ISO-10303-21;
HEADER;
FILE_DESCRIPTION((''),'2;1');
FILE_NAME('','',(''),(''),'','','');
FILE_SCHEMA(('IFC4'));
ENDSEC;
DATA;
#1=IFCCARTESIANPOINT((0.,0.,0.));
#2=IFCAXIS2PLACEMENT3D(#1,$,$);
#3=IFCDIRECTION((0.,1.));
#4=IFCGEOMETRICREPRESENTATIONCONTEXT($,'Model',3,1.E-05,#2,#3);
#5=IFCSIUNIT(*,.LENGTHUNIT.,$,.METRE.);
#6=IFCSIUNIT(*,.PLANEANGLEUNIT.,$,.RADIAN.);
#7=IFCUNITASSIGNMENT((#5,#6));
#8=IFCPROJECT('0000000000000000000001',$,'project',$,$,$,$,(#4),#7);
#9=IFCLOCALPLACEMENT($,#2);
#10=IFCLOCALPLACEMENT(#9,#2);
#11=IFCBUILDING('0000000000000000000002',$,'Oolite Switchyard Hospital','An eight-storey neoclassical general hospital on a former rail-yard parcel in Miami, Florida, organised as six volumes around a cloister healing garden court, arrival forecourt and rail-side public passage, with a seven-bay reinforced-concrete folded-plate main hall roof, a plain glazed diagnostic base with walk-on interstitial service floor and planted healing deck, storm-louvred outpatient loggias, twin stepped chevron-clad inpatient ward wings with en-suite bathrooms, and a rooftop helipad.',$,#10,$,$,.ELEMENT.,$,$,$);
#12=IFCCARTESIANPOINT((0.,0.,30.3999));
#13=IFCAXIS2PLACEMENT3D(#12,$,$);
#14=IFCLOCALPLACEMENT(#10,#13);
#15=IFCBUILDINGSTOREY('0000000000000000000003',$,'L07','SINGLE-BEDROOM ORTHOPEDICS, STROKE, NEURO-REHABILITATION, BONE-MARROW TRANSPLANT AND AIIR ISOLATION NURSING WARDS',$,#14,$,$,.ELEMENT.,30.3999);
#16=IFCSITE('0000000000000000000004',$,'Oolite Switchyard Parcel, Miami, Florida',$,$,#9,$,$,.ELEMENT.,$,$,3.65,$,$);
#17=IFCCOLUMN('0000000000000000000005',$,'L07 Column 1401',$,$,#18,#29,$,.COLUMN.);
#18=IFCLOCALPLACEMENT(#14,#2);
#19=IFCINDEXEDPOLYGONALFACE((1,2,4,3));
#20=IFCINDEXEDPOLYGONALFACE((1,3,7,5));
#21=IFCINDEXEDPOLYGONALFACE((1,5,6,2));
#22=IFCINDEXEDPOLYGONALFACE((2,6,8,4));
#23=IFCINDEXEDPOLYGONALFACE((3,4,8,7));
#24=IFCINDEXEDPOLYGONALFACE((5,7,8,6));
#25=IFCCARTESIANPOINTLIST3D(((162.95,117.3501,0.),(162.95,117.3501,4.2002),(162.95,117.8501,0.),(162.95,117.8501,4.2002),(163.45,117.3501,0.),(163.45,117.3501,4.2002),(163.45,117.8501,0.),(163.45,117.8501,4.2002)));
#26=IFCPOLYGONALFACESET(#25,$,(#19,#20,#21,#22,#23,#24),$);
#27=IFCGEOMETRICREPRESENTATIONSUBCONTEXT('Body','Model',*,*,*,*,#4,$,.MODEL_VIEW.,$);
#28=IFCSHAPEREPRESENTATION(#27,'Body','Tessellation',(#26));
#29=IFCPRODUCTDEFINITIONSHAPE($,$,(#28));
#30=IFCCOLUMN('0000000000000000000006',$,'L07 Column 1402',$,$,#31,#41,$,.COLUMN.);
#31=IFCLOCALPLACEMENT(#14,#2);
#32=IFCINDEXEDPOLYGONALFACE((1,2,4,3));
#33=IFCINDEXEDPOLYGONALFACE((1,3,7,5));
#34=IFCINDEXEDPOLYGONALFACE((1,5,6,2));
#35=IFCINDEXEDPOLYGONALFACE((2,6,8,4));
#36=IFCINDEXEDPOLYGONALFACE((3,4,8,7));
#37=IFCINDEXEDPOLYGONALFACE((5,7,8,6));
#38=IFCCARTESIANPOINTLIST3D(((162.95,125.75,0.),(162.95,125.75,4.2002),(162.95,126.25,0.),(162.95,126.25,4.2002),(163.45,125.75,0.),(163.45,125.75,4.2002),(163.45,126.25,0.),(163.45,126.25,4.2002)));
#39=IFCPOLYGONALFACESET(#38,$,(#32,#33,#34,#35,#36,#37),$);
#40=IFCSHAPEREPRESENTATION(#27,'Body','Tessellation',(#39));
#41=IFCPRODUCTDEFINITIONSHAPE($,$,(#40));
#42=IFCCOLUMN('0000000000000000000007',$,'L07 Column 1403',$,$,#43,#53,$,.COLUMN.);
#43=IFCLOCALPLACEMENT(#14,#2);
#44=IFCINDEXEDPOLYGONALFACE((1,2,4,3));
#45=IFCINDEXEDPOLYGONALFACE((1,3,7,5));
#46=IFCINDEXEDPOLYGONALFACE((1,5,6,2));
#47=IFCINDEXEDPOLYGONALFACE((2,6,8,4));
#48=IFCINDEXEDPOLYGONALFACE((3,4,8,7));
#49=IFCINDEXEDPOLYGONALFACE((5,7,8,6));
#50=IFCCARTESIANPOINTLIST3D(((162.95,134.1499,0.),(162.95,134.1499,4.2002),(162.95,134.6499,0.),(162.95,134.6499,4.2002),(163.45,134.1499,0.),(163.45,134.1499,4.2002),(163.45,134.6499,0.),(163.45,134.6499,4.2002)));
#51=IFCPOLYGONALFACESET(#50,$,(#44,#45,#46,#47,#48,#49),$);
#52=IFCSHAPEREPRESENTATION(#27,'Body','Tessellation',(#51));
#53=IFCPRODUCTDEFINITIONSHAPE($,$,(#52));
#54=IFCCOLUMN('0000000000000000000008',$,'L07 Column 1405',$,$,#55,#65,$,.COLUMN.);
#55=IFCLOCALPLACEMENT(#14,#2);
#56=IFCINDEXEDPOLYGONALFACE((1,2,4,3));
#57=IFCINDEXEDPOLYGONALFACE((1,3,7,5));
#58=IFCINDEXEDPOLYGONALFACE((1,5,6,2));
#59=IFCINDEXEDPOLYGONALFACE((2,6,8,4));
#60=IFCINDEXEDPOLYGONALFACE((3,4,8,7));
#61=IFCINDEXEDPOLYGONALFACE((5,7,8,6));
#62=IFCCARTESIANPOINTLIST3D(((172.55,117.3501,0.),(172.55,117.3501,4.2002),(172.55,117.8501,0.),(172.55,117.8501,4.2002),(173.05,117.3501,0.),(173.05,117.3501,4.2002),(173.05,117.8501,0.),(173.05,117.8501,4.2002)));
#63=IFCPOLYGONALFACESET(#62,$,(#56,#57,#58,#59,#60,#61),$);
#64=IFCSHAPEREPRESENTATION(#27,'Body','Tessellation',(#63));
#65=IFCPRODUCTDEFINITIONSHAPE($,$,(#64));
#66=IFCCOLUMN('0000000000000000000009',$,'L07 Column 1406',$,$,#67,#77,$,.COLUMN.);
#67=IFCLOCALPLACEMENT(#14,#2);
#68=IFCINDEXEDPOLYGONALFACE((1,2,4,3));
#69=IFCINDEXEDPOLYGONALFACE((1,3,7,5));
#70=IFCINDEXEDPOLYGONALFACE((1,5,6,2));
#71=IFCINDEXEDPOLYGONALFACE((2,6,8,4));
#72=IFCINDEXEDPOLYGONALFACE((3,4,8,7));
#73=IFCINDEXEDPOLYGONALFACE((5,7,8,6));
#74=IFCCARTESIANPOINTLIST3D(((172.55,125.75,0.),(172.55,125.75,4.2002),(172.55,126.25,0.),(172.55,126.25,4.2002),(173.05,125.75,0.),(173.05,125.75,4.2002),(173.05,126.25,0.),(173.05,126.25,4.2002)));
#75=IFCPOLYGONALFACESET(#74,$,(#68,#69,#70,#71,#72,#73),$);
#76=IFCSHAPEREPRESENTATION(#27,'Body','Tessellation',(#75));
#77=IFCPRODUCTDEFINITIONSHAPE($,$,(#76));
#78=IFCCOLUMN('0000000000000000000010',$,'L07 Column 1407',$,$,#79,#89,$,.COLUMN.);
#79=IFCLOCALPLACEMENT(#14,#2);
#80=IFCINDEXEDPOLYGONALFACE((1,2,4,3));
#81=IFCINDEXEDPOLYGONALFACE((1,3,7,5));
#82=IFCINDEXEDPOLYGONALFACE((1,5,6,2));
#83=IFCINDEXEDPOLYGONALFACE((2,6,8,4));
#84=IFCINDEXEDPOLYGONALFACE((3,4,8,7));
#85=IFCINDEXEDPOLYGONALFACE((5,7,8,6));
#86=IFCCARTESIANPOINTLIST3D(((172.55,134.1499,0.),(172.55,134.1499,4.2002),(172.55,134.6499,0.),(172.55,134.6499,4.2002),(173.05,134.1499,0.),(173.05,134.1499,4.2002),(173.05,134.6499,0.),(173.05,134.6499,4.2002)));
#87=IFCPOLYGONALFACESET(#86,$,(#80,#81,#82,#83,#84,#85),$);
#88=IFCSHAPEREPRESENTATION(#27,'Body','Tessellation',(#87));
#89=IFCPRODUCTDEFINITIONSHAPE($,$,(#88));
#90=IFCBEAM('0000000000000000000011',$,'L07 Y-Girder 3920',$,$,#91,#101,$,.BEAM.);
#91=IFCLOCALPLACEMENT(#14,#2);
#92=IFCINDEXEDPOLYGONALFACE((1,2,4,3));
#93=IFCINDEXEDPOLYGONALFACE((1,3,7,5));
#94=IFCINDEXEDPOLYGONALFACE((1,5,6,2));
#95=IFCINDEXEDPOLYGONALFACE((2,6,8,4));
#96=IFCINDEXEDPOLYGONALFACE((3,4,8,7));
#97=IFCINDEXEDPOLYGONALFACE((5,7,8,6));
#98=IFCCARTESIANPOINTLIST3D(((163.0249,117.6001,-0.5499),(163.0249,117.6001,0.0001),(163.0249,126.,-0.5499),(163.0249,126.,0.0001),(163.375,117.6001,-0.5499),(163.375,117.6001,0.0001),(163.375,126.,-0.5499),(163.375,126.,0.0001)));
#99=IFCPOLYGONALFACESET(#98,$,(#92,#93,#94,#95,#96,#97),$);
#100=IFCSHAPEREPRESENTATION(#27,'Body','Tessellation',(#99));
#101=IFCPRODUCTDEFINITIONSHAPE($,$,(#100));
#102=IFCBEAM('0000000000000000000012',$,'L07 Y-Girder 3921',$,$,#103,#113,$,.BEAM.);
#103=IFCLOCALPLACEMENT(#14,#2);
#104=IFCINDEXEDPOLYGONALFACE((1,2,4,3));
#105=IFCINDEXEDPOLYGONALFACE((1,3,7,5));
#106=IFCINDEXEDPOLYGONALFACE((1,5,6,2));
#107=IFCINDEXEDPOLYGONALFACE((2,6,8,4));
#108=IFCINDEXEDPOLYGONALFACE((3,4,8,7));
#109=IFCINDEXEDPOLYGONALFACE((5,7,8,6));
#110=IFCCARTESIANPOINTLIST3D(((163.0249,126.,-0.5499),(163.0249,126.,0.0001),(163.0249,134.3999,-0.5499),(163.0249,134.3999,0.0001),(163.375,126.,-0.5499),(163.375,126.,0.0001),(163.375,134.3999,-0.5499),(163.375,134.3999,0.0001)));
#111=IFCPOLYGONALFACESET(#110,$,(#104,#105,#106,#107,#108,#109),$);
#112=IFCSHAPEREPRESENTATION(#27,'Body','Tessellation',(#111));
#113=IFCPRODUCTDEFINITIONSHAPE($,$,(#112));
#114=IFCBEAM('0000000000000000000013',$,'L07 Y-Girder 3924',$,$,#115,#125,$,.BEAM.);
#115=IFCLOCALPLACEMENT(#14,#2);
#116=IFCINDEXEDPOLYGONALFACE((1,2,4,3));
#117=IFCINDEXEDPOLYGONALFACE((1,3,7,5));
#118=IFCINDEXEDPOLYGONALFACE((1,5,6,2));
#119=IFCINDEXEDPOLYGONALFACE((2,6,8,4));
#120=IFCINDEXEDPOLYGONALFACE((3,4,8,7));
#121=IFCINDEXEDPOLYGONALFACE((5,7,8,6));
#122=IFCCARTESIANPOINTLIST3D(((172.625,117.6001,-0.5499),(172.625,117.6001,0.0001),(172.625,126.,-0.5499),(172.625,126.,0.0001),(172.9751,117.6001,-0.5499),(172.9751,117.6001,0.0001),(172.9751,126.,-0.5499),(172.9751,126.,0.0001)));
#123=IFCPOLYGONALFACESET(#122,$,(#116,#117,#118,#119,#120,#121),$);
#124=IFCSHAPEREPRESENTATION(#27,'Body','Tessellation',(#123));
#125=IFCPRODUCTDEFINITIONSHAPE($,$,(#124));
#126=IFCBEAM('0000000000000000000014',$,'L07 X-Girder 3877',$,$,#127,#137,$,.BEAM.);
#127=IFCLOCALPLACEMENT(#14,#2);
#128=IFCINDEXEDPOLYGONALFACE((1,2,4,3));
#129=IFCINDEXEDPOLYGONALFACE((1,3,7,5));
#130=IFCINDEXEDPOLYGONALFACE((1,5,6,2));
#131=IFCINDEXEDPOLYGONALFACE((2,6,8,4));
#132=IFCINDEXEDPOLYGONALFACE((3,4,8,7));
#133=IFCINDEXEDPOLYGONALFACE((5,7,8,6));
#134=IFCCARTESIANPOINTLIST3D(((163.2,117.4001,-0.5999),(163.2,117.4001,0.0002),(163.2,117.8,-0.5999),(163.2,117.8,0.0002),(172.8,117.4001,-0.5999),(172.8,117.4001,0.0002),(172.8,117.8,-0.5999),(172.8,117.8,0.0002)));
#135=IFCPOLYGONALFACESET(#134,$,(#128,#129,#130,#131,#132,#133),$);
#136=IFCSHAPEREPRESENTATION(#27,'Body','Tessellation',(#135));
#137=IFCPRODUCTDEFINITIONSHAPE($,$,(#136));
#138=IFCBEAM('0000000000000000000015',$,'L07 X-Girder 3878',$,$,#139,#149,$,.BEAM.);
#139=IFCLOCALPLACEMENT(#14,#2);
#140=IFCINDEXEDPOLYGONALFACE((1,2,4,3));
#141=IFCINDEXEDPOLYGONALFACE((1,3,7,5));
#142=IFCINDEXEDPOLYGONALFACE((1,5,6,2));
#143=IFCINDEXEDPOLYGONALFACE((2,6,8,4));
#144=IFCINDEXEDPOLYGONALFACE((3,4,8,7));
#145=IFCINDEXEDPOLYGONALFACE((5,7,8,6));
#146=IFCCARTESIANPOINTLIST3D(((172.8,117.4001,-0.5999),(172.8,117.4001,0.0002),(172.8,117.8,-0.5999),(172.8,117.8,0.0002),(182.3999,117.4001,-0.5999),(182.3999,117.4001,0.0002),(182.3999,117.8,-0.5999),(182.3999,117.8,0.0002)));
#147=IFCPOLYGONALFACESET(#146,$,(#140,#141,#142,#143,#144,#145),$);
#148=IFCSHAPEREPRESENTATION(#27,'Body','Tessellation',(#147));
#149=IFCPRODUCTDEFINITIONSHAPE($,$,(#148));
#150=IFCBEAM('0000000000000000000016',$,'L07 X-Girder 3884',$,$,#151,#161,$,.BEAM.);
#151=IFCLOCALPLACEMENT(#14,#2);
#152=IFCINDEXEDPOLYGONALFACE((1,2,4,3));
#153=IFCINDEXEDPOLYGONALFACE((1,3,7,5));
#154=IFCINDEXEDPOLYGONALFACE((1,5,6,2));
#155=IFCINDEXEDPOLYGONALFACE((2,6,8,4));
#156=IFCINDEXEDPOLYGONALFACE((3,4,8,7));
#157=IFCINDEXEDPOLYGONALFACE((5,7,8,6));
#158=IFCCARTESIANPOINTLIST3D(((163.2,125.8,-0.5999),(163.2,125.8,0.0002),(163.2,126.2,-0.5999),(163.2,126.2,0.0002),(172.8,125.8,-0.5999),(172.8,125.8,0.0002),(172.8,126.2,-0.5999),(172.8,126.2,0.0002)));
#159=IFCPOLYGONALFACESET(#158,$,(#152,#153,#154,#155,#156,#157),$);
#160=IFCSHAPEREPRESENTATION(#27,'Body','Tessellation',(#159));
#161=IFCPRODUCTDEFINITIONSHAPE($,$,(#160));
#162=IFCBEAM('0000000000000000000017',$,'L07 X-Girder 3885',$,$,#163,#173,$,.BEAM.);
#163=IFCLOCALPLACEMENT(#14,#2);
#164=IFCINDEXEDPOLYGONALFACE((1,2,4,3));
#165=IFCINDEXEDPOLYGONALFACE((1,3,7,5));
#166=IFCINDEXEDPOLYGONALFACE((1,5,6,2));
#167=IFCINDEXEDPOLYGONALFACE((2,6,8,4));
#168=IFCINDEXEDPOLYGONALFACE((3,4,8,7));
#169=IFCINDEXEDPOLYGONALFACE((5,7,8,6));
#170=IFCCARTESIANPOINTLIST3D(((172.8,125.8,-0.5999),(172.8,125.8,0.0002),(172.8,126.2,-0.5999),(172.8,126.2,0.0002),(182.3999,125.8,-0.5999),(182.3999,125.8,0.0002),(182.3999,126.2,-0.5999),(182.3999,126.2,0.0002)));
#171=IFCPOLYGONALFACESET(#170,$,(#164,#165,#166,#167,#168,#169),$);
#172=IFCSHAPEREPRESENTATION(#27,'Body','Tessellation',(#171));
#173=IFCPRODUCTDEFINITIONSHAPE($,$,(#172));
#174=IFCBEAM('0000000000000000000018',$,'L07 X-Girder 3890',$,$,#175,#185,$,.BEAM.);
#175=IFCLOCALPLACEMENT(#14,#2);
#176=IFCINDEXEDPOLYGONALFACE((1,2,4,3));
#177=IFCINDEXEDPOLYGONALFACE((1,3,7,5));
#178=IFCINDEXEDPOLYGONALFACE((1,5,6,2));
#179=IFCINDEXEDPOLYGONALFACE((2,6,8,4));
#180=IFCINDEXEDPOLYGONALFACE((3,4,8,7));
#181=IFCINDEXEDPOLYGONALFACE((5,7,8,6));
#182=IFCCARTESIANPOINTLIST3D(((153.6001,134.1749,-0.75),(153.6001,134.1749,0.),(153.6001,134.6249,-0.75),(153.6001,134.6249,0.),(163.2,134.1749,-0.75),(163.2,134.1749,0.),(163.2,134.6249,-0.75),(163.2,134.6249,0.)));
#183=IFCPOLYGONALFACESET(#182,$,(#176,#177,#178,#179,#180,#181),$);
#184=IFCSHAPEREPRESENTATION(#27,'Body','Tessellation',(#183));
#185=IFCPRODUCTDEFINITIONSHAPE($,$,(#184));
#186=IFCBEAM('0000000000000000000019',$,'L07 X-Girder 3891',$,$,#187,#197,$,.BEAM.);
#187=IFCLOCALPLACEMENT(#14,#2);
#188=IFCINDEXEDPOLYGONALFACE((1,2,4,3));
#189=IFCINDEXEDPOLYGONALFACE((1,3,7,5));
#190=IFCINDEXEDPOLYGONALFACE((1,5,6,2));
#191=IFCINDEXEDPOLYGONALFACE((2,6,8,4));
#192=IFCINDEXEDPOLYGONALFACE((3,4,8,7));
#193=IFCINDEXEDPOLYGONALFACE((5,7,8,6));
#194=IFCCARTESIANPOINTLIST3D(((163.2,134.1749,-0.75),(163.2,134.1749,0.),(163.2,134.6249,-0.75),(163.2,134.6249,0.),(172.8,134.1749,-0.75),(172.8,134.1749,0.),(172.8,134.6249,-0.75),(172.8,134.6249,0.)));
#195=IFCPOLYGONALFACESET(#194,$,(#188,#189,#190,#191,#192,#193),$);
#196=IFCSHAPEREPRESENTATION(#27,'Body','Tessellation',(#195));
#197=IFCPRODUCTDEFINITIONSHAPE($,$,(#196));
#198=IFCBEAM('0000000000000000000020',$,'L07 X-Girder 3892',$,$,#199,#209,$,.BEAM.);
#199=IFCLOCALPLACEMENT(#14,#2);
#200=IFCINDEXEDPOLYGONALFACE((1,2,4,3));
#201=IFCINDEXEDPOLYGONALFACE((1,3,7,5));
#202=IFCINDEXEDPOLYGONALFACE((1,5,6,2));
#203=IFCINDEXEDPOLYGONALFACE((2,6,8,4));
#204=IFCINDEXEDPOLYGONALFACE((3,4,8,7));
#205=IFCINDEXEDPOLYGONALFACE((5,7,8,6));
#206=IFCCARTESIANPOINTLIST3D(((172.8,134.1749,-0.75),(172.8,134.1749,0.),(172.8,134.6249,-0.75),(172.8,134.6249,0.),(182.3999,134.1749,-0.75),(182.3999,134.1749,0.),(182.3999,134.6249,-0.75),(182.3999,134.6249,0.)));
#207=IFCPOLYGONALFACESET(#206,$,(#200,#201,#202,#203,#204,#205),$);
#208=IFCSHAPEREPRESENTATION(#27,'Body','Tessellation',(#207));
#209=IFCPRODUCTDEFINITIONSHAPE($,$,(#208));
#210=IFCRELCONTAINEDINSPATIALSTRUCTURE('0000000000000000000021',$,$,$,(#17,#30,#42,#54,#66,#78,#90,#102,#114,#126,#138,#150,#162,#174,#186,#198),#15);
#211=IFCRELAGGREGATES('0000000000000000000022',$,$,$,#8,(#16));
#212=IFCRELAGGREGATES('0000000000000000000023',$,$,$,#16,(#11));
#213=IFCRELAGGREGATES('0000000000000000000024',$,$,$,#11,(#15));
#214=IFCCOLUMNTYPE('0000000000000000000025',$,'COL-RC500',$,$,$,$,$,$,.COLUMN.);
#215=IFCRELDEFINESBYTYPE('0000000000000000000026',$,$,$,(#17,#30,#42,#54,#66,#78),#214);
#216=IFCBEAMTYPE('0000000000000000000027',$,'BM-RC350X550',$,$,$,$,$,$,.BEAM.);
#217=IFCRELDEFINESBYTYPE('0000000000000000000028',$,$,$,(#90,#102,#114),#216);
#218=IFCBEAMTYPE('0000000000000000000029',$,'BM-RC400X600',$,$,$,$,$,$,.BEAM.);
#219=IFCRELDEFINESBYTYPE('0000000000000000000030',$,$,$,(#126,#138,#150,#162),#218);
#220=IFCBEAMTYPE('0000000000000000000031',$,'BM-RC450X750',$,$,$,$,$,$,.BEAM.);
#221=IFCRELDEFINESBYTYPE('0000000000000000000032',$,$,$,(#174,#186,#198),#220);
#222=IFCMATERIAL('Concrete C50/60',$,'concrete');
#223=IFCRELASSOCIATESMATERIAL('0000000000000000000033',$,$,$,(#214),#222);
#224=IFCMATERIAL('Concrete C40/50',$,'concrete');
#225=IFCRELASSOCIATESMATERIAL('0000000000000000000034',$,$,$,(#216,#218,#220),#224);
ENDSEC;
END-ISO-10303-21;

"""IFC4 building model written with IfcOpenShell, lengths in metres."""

from ifc_helpers import new_model, si_unit, direction, frame, origin, origin_2d, place, context, subcontext, project, spatial, rectangle, extrude, material, material_profile, profile_set, type_object, element, save


model = new_model("IFC4")

# Units and contexts
model_context = context("Model", 3, precision=1e-05, world=origin(), true_north=direction((0.0, 1.0)))
body_context = subcontext(model_context, "Body", "Model", "MODEL_VIEW")
ifc_project = project(units=[si_unit("LENGTHUNIT", "METRE"), si_unit("PLANEANGLEUNIT", "RADIAN")], contexts=[model_context])

# Site, building, storey
site_placement = place(None, origin())
site = spatial("IfcSite", under=ifc_project, at=site_placement, Name="Oolite Switchyard Parcel, Miami, Florida", CompositionType="ELEMENT", RefElevation=3.65)
building_placement = place(site_placement, origin())
building = spatial("IfcBuilding", under=site, at=building_placement, Name="Oolite Switchyard Hospital", Description="An eight-storey neoclassical general hospital on a former rail-yard parcel in Miami, Florida, organised as six volumes around a cloister healing garden court, arrival forecourt and rail-side public passage, with a seven-bay reinforced-concrete folded-plate main hall roof, a plain glazed diagnostic base with walk-on interstitial service floor and planted healing deck, storm-louvred outpatient loggias, twin stepped chevron-clad inpatient ward wings with en-suite bathrooms, and a rooftop helipad.", CompositionType="ELEMENT")
storey_placement = place(building_placement, frame((0.0, 0.0, 30.3999)))
storey = spatial("IfcBuildingStorey", under=building, at=storey_placement, Name="L07", Description="SINGLE-BEDROOM ORTHOPEDICS, STROKE, NEURO-REHABILITATION, BONE-MARROW TRANSPLANT AND AIIR ISOLATION NURSING WARDS", CompositionType="ELEMENT", Elevation=30.3999)

# Columns
ifc_material_1 = material(Name="Concrete C50/60", Category="concrete")
ifc_material_profile_1 = material_profile(ifc_material_1, rectangle(XDim=0.5, YDim=0.5, at=origin_2d()), Name="RC500X500")
ifc_profile_set_1 = profile_set([ifc_material_profile_1], Name="Concrete C50/60")
column_type = type_object("IfcColumnType", Name="COL-RC500", PredefinedType="COLUMN", material=ifc_profile_set_1)
for number, where, z_axis, x_axis, name in (
    (1, (163.2, 117.6001, 0.0), (0.0, 0.0, 1.0), (1.0, 0.0, 0.0), "L07 Column 1401"),
    (2, (163.2, 126.0, 0.0), (0.0, 0.0, 1.0), (1.0, 0.0, 0.0), "L07 Column 1402"),
    (3, (163.2, 134.3999, 0.0), (0.0, 0.0, 1.0), (1.0, 0.0, 0.0), "L07 Column 1403"),
    (4, (172.8, 117.6001, 0.0), (0.0, 0.0, 1.0), (1.0, 0.0, 0.0), "L07 Column 1405"),
    (5, (172.8, 126.0, 0.0), (0.0, 0.0, 1.0), (1.0, 0.0, 0.0), "L07 Column 1406"),
    (6, (172.8, 134.3999, 0.0), (0.0, 0.0, 1.0), (1.0, 0.0, 0.0), "L07 Column 1407"),
):
    element("IfcColumn", number, at=place(storey_placement, frame(where, z_axis=z_axis, x_axis=x_axis)), inside=storey, type_object=column_type, Name=name, PredefinedType="COLUMN", context=body_context, shape_type="SweptSolid", body=[
        extrude(rectangle(XDim=0.5, YDim=0.5, at=origin_2d()), origin(), (0.0, 0.0, 1.0), 4.2002),
    ])

# Beams
ifc_material_2 = material(Name="Concrete C40/50", Category="concrete")
ifc_material_profile_2 = material_profile(ifc_material_2, rectangle(XDim=0.3501, YDim=0.55, at=origin_2d()), Name="RCB350X550")
ifc_profile_set_2 = profile_set([ifc_material_profile_2], Name="Concrete C40/50")
beam_type_1 = type_object("IfcBeamType", Name="BM-RC350X550", PredefinedType="BEAM", material=ifc_profile_set_2)
for number, where, z_axis, x_axis, name in (
    (7, (163.2, 117.6001, -0.2749), (0.0, 1.0, 0.0), (-1.0, 0.0, 0.0), "L07 Y-Girder 3920"),
    (8, (163.2, 126.0, -0.2749), (0.0, 1.0, 0.0), (-1.0, 0.0, 0.0), "L07 Y-Girder 3921"),
    (9, (172.8, 117.6001, -0.2749), (0.0, 1.0, 0.0), (-1.0, 0.0, 0.0), "L07 Y-Girder 3924"),
):
    element("IfcBeam", number, at=place(storey_placement, frame(where, z_axis=z_axis, x_axis=x_axis)), inside=storey, type_object=beam_type_1, Name=name, PredefinedType="BEAM", context=body_context, shape_type="SweptSolid", body=[
        extrude(rectangle(XDim=0.3501, YDim=0.55, at=origin_2d()), origin(), (0.0, 0.0, 1.0), 8.3999),
    ])
ifc_material_profile_3 = material_profile(ifc_material_2, rectangle(XDim=0.3999, YDim=0.6001, at=origin_2d()), Name="RCB400X600")
ifc_profile_set_3 = profile_set([ifc_material_profile_3], Name="Concrete C40/50")
beam_type_2 = type_object("IfcBeamType", Name="BM-RC400X600", PredefinedType="BEAM", material=ifc_profile_set_3)
beam_1_placement = place(storey_placement, frame((163.2, 117.6001, -0.2998), z_axis=(1.0, 0.0, 0.0), x_axis=(0.0, 1.0, 0.0)))
element("IfcBeam", 10, at=beam_1_placement, inside=storey, type_object=beam_type_2, Name="L07 X-Girder 3877", PredefinedType="BEAM", context=body_context, shape_type="SweptSolid", body=[
    extrude(rectangle(XDim=0.3999, YDim=0.6001, at=origin_2d()), origin(), (0.0, 0.0, 1.0), 9.6001),
])
beam_2_placement = place(storey_placement, frame((172.8, 117.6001, -0.2998), z_axis=(1.0, 0.0, 0.0), x_axis=(0.0, 1.0, 0.0)))
element("IfcBeam", 11, at=beam_2_placement, inside=storey, type_object=beam_type_2, Name="L07 X-Girder 3878", PredefinedType="BEAM", context=body_context, shape_type="SweptSolid", body=[
    extrude(rectangle(XDim=0.3999, YDim=0.6001, at=origin_2d()), origin(), (0.0, 0.0, 1.0), 9.5999),
])
beam_3_placement = place(storey_placement, frame((163.2, 126.0, -0.2998), z_axis=(1.0, 0.0, 0.0), x_axis=(0.0, 1.0, 0.0)))
element("IfcBeam", 12, at=beam_3_placement, inside=storey, type_object=beam_type_2, Name="L07 X-Girder 3884", PredefinedType="BEAM", context=body_context, shape_type="SweptSolid", body=[
    extrude(rectangle(XDim=0.3999, YDim=0.6001, at=origin_2d()), origin(), (0.0, 0.0, 1.0), 9.6001),
])
beam_4_placement = place(storey_placement, frame((172.8, 126.0, -0.2998), z_axis=(1.0, 0.0, 0.0), x_axis=(0.0, 1.0, 0.0)))
element("IfcBeam", 13, at=beam_4_placement, inside=storey, type_object=beam_type_2, Name="L07 X-Girder 3885", PredefinedType="BEAM", context=body_context, shape_type="SweptSolid", body=[
    extrude(rectangle(XDim=0.3999, YDim=0.6001, at=origin_2d()), origin(), (0.0, 0.0, 1.0), 9.5999),
])
ifc_material_profile_4 = material_profile(ifc_material_2, rectangle(XDim=0.45, YDim=0.75, at=origin_2d()), Name="RCB450X750")
ifc_profile_set_4 = profile_set([ifc_material_profile_4], Name="Concrete C40/50")
beam_type_3 = type_object("IfcBeamType", Name="BM-RC450X750", PredefinedType="BEAM", material=ifc_profile_set_4)
beam_5_placement = place(storey_placement, frame((153.6001, 134.3999, -0.375), z_axis=(1.0, 0.0, 0.0), x_axis=(0.0, 1.0, 0.0)))
element("IfcBeam", 14, at=beam_5_placement, inside=storey, type_object=beam_type_3, Name="L07 X-Girder 3890", PredefinedType="BEAM", context=body_context, shape_type="SweptSolid", body=[
    extrude(rectangle(XDim=0.45, YDim=0.75, at=origin_2d()), origin(), (0.0, 0.0, 1.0), 9.5999),
])
beam_6_placement = place(storey_placement, frame((163.2, 134.3999, -0.375), z_axis=(1.0, 0.0, 0.0), x_axis=(0.0, 1.0, 0.0)))
element("IfcBeam", 15, at=beam_6_placement, inside=storey, type_object=beam_type_3, Name="L07 X-Girder 3891", PredefinedType="BEAM", context=body_context, shape_type="SweptSolid", body=[
    extrude(rectangle(XDim=0.45, YDim=0.75, at=origin_2d()), origin(), (0.0, 0.0, 1.0), 9.6001),
])
beam_7_placement = place(storey_placement, frame((172.8, 134.3999, -0.375), z_axis=(1.0, 0.0, 0.0), x_axis=(0.0, 1.0, 0.0)))
element("IfcBeam", 16, at=beam_7_placement, inside=storey, type_object=beam_type_3, Name="L07 X-Girder 3892", PredefinedType="BEAM", context=body_context, shape_type="SweptSolid", body=[
    extrude(rectangle(XDim=0.45, YDim=0.75, at=origin_2d()), origin(), (0.0, 0.0, 1.0), 9.5999),
])

save(model, "model.ifc")
